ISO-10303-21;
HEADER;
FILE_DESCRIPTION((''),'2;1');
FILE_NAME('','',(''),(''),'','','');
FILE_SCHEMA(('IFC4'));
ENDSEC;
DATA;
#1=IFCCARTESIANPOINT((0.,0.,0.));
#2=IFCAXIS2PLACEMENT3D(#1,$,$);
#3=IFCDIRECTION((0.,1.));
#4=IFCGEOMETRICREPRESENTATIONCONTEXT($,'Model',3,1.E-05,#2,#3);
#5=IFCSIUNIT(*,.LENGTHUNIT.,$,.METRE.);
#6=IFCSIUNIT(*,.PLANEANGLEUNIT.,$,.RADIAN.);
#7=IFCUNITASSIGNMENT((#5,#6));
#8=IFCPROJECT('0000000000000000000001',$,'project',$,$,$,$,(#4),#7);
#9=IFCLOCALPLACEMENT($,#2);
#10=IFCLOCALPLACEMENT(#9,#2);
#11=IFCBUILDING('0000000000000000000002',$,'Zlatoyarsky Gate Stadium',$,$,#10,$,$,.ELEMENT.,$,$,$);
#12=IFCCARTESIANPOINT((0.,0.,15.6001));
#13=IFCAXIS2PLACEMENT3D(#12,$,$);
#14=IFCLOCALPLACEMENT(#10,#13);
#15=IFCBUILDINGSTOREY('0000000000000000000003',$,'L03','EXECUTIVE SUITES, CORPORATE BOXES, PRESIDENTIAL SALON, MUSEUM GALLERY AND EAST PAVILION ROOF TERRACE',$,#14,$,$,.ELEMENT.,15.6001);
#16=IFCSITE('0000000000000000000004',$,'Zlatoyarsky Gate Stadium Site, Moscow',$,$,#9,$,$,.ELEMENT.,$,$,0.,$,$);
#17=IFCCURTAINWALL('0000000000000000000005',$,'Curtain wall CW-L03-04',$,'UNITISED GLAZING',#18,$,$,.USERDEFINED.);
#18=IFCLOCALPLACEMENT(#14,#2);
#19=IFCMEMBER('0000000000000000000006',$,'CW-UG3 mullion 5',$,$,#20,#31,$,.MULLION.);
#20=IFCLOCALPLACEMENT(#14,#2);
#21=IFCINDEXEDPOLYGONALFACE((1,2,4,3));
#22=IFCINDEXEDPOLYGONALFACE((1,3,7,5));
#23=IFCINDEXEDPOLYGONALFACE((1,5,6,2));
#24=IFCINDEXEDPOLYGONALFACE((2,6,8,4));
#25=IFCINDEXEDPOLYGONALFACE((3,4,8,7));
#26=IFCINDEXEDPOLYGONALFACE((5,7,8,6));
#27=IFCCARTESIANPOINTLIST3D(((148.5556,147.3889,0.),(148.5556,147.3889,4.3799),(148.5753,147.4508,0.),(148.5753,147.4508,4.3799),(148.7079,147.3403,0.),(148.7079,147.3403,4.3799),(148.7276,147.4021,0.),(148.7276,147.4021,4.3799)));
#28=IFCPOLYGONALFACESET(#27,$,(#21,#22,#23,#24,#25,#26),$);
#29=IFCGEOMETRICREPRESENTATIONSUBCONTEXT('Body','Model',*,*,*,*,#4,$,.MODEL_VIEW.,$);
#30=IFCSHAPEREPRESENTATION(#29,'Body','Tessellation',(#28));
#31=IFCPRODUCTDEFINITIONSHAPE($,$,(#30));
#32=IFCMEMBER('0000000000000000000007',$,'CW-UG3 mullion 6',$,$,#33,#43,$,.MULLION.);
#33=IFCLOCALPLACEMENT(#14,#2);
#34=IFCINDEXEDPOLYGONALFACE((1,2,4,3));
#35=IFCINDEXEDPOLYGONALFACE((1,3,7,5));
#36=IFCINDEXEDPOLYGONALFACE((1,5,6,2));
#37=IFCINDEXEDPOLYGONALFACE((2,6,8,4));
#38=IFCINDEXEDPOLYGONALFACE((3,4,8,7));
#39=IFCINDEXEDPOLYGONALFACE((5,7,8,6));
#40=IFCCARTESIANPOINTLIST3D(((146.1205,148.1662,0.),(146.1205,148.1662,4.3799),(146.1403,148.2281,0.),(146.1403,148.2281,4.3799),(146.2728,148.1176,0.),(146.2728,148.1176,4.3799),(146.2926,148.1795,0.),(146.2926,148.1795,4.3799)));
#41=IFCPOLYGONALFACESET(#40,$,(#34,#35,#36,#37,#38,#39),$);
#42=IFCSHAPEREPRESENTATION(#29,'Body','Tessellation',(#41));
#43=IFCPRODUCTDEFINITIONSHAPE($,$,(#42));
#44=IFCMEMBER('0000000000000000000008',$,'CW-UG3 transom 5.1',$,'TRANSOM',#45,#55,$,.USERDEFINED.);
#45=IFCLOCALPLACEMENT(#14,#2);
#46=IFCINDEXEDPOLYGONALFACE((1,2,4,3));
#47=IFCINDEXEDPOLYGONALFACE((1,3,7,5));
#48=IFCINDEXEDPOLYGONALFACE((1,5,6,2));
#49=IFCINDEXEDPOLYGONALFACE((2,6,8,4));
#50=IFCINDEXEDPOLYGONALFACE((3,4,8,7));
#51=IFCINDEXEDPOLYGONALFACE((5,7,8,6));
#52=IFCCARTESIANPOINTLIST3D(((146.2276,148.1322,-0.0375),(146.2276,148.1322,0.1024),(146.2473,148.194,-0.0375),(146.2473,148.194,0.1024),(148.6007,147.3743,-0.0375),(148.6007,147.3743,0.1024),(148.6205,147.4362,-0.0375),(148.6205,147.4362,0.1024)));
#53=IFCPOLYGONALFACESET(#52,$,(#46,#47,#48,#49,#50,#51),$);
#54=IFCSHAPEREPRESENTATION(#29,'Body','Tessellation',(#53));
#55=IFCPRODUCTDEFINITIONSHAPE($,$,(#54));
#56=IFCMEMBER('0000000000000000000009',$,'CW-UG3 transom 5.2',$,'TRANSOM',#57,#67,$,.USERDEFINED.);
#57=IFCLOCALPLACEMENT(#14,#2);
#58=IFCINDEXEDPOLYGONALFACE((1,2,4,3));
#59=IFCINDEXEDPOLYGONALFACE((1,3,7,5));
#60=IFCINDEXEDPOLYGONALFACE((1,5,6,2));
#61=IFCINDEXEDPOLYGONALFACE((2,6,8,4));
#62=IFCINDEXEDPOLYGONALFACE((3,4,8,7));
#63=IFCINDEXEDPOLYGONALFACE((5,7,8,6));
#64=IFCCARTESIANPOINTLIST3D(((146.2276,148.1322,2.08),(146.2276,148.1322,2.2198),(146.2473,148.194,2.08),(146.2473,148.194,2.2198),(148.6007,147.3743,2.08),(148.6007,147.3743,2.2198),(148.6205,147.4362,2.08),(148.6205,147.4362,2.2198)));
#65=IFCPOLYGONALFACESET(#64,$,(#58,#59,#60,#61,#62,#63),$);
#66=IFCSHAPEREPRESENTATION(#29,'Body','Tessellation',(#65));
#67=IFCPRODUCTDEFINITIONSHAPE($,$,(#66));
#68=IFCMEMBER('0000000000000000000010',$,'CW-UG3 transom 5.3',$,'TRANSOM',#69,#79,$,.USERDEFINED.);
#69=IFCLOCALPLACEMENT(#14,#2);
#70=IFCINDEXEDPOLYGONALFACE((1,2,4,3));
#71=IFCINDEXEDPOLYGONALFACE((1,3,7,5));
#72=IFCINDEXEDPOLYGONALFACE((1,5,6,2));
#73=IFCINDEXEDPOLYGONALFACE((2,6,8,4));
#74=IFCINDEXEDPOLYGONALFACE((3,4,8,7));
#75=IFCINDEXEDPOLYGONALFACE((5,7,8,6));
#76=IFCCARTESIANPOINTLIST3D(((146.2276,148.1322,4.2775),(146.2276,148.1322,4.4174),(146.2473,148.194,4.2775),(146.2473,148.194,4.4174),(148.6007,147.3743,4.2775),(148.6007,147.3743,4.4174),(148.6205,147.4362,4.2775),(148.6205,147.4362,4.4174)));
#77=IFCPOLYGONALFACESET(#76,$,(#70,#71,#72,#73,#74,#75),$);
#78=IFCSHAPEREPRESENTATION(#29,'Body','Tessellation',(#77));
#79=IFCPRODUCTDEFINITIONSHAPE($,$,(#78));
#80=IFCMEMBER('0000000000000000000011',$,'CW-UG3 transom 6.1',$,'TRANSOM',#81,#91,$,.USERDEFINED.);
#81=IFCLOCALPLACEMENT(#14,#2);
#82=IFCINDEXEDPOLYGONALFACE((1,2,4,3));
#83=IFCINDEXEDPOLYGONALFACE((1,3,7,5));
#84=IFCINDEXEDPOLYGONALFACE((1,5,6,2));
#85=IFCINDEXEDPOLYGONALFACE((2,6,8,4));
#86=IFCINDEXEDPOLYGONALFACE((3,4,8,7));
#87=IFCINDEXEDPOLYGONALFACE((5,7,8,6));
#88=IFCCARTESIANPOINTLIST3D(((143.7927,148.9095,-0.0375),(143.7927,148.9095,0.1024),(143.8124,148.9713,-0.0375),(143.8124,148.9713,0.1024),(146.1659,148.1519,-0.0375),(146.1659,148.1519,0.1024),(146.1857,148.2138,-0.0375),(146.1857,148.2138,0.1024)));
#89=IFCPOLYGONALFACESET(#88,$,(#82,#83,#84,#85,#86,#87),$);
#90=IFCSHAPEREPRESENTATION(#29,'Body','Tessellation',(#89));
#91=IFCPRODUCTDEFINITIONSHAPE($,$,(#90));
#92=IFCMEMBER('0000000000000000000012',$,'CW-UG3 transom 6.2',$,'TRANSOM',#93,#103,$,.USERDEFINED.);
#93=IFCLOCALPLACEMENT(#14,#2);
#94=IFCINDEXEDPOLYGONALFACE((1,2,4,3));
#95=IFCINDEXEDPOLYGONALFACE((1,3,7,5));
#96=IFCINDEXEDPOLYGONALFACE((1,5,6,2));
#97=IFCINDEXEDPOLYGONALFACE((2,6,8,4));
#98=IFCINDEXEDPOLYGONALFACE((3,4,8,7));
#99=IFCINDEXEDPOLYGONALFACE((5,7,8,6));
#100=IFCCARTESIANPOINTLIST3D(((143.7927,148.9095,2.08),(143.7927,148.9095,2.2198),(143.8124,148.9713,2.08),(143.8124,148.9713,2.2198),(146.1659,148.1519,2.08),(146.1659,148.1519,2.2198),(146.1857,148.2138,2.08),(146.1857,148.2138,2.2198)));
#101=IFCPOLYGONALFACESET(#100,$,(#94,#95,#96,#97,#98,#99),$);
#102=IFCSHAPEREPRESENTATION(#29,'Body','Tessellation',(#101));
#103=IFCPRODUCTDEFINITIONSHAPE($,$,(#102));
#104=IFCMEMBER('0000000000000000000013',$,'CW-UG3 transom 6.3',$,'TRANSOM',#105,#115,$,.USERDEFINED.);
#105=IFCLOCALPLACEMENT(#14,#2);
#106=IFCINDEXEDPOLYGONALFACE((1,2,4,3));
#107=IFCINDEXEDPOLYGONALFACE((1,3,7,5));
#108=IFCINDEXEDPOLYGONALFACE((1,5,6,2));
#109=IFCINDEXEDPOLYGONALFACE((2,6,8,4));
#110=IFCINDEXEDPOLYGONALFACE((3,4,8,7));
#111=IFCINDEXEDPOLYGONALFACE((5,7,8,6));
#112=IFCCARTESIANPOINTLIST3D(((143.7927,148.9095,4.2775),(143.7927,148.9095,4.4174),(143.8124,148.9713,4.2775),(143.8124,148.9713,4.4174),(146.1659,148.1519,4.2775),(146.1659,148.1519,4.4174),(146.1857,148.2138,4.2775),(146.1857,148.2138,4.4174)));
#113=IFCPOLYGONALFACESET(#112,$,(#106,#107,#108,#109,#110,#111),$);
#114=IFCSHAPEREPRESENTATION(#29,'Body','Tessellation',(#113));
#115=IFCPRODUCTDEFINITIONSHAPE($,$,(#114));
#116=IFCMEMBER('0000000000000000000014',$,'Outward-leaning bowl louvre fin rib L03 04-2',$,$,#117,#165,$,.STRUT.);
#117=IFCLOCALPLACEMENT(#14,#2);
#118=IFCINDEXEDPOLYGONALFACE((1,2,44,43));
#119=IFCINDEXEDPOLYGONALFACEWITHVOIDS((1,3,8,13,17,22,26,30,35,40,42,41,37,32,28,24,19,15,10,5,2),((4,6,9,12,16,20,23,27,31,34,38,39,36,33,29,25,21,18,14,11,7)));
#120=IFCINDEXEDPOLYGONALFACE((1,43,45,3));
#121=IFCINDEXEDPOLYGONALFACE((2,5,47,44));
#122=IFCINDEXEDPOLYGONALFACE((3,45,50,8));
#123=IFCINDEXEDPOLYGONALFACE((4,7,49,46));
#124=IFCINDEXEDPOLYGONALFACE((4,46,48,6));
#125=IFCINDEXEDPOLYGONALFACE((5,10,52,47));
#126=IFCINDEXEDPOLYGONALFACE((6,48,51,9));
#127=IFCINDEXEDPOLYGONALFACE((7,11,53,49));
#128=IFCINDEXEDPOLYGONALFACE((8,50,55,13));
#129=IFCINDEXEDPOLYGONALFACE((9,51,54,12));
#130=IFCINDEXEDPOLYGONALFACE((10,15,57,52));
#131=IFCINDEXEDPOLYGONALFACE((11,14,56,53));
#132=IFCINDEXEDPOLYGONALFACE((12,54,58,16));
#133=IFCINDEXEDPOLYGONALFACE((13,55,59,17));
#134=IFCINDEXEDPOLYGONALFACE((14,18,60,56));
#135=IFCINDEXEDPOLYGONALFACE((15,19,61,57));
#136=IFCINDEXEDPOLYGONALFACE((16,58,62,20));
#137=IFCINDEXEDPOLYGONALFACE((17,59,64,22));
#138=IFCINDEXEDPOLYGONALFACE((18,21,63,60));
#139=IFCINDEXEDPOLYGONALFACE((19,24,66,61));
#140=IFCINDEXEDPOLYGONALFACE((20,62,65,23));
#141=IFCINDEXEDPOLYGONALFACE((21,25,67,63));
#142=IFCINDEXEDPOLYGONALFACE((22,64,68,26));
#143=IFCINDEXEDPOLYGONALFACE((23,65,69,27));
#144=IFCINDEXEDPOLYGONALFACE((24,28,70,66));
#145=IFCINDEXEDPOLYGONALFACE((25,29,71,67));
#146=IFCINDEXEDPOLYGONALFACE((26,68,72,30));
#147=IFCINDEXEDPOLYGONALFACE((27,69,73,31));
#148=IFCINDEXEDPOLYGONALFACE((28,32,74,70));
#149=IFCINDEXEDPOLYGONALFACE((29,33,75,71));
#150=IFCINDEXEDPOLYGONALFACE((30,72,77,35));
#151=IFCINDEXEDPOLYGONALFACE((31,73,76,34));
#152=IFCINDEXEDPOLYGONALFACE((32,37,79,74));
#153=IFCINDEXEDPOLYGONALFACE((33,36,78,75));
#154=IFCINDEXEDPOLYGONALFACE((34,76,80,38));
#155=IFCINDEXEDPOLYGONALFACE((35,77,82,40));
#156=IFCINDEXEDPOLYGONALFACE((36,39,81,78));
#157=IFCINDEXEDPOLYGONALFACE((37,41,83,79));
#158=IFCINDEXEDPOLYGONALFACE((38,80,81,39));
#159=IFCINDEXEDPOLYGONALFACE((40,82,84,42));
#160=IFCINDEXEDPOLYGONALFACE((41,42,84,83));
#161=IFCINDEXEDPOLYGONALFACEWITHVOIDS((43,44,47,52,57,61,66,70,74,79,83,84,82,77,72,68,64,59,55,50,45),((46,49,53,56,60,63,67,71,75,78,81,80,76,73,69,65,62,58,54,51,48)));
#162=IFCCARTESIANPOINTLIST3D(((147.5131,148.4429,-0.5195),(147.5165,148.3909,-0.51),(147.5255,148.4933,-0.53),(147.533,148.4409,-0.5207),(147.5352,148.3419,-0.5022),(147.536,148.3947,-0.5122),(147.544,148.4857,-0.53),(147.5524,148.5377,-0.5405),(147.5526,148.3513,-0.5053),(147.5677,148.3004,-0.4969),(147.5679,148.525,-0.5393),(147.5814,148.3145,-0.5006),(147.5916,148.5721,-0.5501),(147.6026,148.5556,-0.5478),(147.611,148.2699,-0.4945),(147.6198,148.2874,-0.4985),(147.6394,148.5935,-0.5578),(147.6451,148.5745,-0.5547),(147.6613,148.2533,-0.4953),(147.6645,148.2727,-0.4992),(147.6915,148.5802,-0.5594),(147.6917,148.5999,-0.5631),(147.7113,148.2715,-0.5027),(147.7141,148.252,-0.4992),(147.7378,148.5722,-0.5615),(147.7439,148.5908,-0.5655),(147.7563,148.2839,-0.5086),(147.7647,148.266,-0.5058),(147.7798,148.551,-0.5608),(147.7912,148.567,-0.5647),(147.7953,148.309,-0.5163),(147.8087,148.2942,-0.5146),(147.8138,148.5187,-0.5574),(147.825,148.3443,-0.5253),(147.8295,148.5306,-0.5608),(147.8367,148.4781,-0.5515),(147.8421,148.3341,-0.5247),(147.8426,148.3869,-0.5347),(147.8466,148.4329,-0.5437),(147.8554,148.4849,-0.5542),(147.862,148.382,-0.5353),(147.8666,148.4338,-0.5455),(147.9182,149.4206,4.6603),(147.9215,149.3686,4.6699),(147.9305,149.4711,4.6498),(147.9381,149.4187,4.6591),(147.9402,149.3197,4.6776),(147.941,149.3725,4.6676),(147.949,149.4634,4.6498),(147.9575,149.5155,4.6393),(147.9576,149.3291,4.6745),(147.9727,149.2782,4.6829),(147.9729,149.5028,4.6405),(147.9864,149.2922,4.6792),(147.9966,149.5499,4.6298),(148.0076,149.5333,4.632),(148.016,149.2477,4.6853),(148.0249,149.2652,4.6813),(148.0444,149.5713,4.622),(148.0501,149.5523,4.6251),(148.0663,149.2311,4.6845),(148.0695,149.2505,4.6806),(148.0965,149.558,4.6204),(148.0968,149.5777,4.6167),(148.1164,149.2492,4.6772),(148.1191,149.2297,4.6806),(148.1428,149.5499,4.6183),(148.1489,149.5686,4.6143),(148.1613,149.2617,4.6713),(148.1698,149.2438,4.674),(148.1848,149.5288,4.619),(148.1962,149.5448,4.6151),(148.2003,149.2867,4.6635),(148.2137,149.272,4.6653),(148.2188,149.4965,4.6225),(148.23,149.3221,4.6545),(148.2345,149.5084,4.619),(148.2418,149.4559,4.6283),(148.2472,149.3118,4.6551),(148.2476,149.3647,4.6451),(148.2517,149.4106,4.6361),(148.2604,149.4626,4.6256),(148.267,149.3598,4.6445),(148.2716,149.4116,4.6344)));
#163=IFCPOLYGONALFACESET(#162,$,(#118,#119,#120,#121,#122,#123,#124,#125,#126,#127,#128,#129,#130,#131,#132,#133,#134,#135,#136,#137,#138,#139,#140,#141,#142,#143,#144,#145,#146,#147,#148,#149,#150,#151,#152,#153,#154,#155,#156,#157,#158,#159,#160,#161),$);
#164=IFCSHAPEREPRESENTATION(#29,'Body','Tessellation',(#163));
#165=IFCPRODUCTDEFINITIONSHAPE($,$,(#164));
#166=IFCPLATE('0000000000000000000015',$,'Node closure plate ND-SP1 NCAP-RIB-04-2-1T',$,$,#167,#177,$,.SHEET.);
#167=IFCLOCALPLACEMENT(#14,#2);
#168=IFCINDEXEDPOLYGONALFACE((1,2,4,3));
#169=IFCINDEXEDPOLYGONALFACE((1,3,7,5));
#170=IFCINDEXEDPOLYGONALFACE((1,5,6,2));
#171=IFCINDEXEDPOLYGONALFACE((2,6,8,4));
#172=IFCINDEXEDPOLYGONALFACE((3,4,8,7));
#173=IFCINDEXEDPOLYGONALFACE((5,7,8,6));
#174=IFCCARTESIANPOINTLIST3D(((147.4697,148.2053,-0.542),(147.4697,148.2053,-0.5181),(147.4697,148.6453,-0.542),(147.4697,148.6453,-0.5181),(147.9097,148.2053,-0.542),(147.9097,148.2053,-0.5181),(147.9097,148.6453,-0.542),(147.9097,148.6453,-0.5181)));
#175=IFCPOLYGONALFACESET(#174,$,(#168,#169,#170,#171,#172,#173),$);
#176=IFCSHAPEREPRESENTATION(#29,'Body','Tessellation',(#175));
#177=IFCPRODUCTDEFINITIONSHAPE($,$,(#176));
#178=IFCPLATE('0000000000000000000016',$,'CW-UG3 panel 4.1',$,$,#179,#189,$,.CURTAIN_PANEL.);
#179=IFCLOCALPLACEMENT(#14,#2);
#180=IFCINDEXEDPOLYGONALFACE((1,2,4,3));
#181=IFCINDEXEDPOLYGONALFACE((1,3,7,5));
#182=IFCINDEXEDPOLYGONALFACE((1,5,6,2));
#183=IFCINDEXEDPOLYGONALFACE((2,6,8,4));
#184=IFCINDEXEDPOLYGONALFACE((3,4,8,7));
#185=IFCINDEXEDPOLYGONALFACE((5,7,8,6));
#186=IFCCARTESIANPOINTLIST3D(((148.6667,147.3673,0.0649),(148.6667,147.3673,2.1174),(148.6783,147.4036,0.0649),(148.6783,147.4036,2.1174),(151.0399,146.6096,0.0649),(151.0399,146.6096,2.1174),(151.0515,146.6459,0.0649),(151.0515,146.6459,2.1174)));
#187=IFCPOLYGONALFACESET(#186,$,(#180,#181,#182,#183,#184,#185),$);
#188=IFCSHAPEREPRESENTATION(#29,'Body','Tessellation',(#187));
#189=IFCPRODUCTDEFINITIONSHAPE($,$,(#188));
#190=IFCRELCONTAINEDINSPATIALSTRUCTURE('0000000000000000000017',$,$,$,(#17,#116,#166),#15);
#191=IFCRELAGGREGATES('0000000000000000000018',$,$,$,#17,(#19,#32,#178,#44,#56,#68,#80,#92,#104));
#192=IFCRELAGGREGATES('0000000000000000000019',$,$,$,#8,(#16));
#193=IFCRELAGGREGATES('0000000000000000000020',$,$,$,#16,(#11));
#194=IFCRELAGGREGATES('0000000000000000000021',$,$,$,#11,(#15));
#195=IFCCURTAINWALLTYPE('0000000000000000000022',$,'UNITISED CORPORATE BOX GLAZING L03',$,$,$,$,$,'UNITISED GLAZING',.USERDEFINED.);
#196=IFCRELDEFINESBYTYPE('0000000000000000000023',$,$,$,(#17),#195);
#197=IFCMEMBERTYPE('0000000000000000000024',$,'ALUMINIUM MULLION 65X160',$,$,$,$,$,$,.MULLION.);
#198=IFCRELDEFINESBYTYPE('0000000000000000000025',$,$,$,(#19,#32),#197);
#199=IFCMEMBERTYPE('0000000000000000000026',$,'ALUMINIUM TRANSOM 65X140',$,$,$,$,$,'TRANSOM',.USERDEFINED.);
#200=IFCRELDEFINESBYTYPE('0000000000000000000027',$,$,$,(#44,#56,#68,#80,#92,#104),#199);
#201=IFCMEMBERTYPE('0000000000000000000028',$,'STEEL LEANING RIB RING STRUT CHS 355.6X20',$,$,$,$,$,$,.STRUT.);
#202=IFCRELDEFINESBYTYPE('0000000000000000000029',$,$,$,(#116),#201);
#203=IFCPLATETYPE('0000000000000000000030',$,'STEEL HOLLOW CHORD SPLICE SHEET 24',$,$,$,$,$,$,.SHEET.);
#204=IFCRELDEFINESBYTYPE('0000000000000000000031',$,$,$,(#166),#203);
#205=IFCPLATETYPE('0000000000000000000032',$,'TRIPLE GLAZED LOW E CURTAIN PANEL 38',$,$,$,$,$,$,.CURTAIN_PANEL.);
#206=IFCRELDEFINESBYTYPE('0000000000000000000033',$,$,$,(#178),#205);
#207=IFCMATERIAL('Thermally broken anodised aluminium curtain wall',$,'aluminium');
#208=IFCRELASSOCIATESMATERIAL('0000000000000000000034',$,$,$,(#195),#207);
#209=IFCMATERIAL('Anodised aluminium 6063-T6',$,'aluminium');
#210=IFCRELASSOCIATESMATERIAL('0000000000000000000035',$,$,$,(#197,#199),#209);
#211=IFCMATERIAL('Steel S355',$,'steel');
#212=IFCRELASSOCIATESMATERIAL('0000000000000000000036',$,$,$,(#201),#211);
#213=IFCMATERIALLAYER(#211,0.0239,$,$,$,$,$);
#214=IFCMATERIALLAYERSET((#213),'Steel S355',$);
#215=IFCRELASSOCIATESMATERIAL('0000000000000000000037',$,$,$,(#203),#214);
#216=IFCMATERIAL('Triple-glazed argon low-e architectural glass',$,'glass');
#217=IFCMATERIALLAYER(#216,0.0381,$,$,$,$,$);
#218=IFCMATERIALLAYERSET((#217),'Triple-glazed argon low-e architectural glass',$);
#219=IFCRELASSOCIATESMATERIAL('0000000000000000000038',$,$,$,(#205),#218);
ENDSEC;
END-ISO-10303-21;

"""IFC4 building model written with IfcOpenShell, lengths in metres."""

from ifc_helpers import new_model, si_unit, direction, frame, origin, origin_2d, place, context, subcontext, project, spatial, rectangle, hollow_circle, extrude, material, layer, layer_set, material_profile, profile_set, type_object, element, aggregate, save


model = new_model("IFC4")

# Units and contexts
model_context = context("Model", 3, precision=1e-05, world=origin(), true_north=direction((0.0, 1.0)))
body_context = subcontext(model_context, "Body", "Model", "MODEL_VIEW")
ifc_project = project(units=[si_unit("LENGTHUNIT", "METRE"), si_unit("PLANEANGLEUNIT", "RADIAN")], contexts=[model_context])

# Site, building, storey
site_placement = place(None, origin())
site = spatial("IfcSite", under=ifc_project, at=site_placement, Name="Zlatoyarsky Gate Stadium Site, Moscow", CompositionType="ELEMENT", RefElevation=0.0)
building_placement = place(site_placement, origin())
building = spatial("IfcBuilding", under=site, at=building_placement, Name="Zlatoyarsky Gate Stadium", CompositionType="ELEMENT")
storey_placement = place(building_placement, frame((0.0, 0.0, 15.6001)))
storey = spatial("IfcBuildingStorey", under=building, at=storey_placement, Name="L03", Description="EXECUTIVE SUITES, CORPORATE BOXES, PRESIDENTIAL SALON, MUSEUM GALLERY AND EAST PAVILION ROOF TERRACE", CompositionType="ELEMENT", Elevation=15.6001)

# Curtain wall, members
ifc_material_1 = material(Name="Thermally broken anodised aluminium curtain wall", Category="aluminium")
curtain_wall_type = type_object("IfcCurtainWallType", Name="UNITISED CORPORATE BOX GLAZING L03", ElementType="UNITISED GLAZING", PredefinedType="USERDEFINED", material=ifc_material_1)
curtain_wall_placement = place(storey_placement, origin())
curtain_wall = element("IfcCurtainWall", 1, at=curtain_wall_placement, inside=storey, type_object=curtain_wall_type, Name="Curtain wall CW-L03-04", ObjectType="UNITISED GLAZING", PredefinedType="USERDEFINED")
ifc_material_2 = material(Name="Anodised aluminium 6063-T6", Category="aluminium")
ifc_material_profile_1 = material_profile(ifc_material_2, rectangle(XDim=0.0649, YDim=0.1599, at=origin_2d()), Name="ALU 65X160")
ifc_profile_set_1 = profile_set([ifc_material_profile_1], Name="Anodised aluminium 6063-T6")
member_type_1 = type_object("IfcMemberType", Name="ALUMINIUM MULLION 65X160", PredefinedType="MULLION", material=ifc_profile_set_1)
member_1_placement = place(storey_placement, frame((148.6416, 147.3955, 0.0), z_axis=(0.0, 0.0, 1.0), x_axis=(-0.304162, -0.95262, 0.0)))
member_1 = element("IfcMember", 2, at=member_1_placement, type_object=member_type_1, Name="CW-UG3 mullion 5", PredefinedType="MULLION", context=body_context, shape_type="SweptSolid", body=[
    extrude(rectangle(XDim=0.0649, YDim=0.1599, at=origin_2d()), origin(), (0.0, 0.0, 1.0), 4.3799),
])
member_2_placement = place(storey_placement, frame((146.2065, 148.1729, 0.0), z_axis=(0.0, 0.0, 1.0), x_axis=(-0.304162, -0.95262, 0.0)))
member_2 = element("IfcMember", 3, at=member_2_placement, type_object=member_type_1, Name="CW-UG3 mullion 6", PredefinedType="MULLION", context=body_context, shape_type="SweptSolid", body=[
    extrude(rectangle(XDim=0.0649, YDim=0.1599, at=origin_2d()), origin(), (0.0, 0.0, 1.0), 4.3799),
])
ifc_material_profile_2 = material_profile(ifc_material_2, rectangle(XDim=0.0649, YDim=0.1399, at=origin_2d()), Name="ALU 65X140")
ifc_profile_set_2 = profile_set([ifc_material_profile_2], Name="Anodised aluminium 6063-T6")
member_type_2 = type_object("IfcMemberType", Name="ALUMINIUM TRANSOM 65X140", ElementType="TRANSOM", PredefinedType="USERDEFINED", material=ifc_profile_set_2)
member_3_placement = place(storey_placement, frame((148.6106, 147.4053, 0.0325), z_axis=(-0.952606, 0.304207, 0.0), x_axis=(-0.304207, -0.952606, 0.0)))
member_3 = element("IfcMember", 4, at=member_3_placement, type_object=member_type_2, Name="CW-UG3 transom 5.1", ObjectType="TRANSOM", PredefinedType="USERDEFINED", context=body_context, shape_type="SweptSolid", body=[
    extrude(rectangle(XDim=0.0649, YDim=0.1399, at=origin_2d()), origin(), (0.0, 0.0, 1.0), 2.4912),
])
member_4_placement = place(storey_placement, frame((148.6106, 147.4053, 2.1499), z_axis=(-0.952606, 0.304207, 0.0), x_axis=(-0.304207, -0.952606, 0.0)))
member_4 = element("IfcMember", 5, at=member_4_placement, type_object=member_type_2, Name="CW-UG3 transom 5.2", ObjectType="TRANSOM", PredefinedType="USERDEFINED", context=body_context, shape_type="SweptSolid", body=[
    extrude(rectangle(XDim=0.0649, YDim=0.1399, at=origin_2d()), origin(), (0.0, 0.0, 1.0), 2.4912),
])
member_5_placement = place(storey_placement, frame((148.6106, 147.4053, 4.3474), z_axis=(-0.952606, 0.304207, 0.0), x_axis=(-0.304207, -0.952606, 0.0)))
member_5 = element("IfcMember", 6, at=member_5_placement, type_object=member_type_2, Name="CW-UG3 transom 5.3", ObjectType="TRANSOM", PredefinedType="USERDEFINED", context=body_context, shape_type="SweptSolid", body=[
    extrude(rectangle(XDim=0.0649, YDim=0.1399, at=origin_2d()), origin(), (0.0, 0.0, 1.0), 2.4912),
])
member_6_placement = place(storey_placement, frame((146.1758, 148.1829, 0.0325), z_axis=(-0.952644, 0.304089, 0.0), x_axis=(-0.304089, -0.952644, 0.0)))
member_6 = element("IfcMember", 7, at=member_6_placement, type_object=member_type_2, Name="CW-UG3 transom 6.1", ObjectType="TRANSOM", PredefinedType="USERDEFINED", context=body_context, shape_type="SweptSolid", body=[
    extrude(rectangle(XDim=0.0649, YDim=0.1399, at=origin_2d()), origin(), (0.0, 0.0, 1.0), 2.4912),
])
member_7_placement = place(storey_placement, frame((146.1758, 148.1829, 2.1499), z_axis=(-0.952644, 0.304089, 0.0), x_axis=(-0.304089, -0.952644, 0.0)))
member_7 = element("IfcMember", 8, at=member_7_placement, type_object=member_type_2, Name="CW-UG3 transom 6.2", ObjectType="TRANSOM", PredefinedType="USERDEFINED", context=body_context, shape_type="SweptSolid", body=[
    extrude(rectangle(XDim=0.0649, YDim=0.1399, at=origin_2d()), origin(), (0.0, 0.0, 1.0), 2.4912),
])
member_8_placement = place(storey_placement, frame((146.1758, 148.1829, 4.3474), z_axis=(-0.952644, 0.304089, 0.0), x_axis=(-0.304089, -0.952644, 0.0)))
member_8 = element("IfcMember", 9, at=member_8_placement, type_object=member_type_2, Name="CW-UG3 transom 6.3", ObjectType="TRANSOM", PredefinedType="USERDEFINED", context=body_context, shape_type="SweptSolid", body=[
    extrude(rectangle(XDim=0.0649, YDim=0.1399, at=origin_2d()), origin(), (0.0, 0.0, 1.0), 2.4912),
])

# Member
ifc_material_3 = material(Name="Steel S355", Category="steel")
ifc_material_profile_3 = material_profile(ifc_material_3, hollow_circle(Radius=0.1777, WallThickness=0.02, at=origin_2d()), Name="CHS 355.6X20")
ifc_profile_set_3 = profile_set([ifc_material_profile_3], Name="Steel S355")
member_type_3 = type_object("IfcMemberType", Name="STEEL LEANING RIB RING STRUT CHS 355.6X20", PredefinedType="STRUT", material=ifc_profile_set_3)
member_9_placement = place(storey_placement, frame((147.6897, 148.4253, -0.53), z_axis=(0.076609, 0.184943, 0.979759), x_axis=(-0.923873, 0.382698, 0.0)))
element("IfcMember", 10, at=member_9_placement, inside=storey, type_object=member_type_3, Name="Outward-leaning bowl louvre fin rib L03 04-2", PredefinedType="STRUT", context=body_context, shape_type="SweptSolid", body=[
    extrude(hollow_circle(Radius=0.1777, WallThickness=0.02, at=origin_2d()), origin(), (0.0, 0.0, 1.0), 5.2869),
])

# Plates
ifc_layer_1 = layer(ifc_material_3, 0.0239)
ifc_layer_set_1 = layer_set([ifc_layer_1], Name="Steel S355")
plate_type_1 = type_object("IfcPlateType", Name="STEEL HOLLOW CHORD SPLICE SHEET 24", PredefinedType="SHEET", material=ifc_layer_set_1)
plate_1_placement = place(storey_placement, frame((147.6897, 148.4253, -0.542), z_axis=(0.0, 0.0, 1.0), x_axis=(1.0, 0.0, 0.0)))
element("IfcPlate", 11, at=plate_1_placement, inside=storey, type_object=plate_type_1, Name="Node closure plate ND-SP1 NCAP-RIB-04-2-1T", PredefinedType="SHEET", context=body_context, shape_type="SweptSolid", body=[
    extrude(rectangle(XDim=0.4399, YDim=0.4399, at=origin_2d()), origin(), (0.0, 0.0, 1.0), 0.0239),
])
ifc_material_4 = material(Name="Triple-glazed argon low-e architectural glass", Category="glass")
ifc_layer_2 = layer(ifc_material_4, 0.0381)
ifc_layer_set_2 = layer_set([ifc_layer_2], Name="Triple-glazed argon low-e architectural glass")
plate_type_2 = type_object("IfcPlateType", Name="TRIPLE GLAZED LOW E CURTAIN PANEL 38", PredefinedType="CURTAIN_PANEL", material=ifc_layer_set_2)
plate_2_placement = place(storey_placement, frame((149.8591, 147.0066, 0.0649), z_axis=(0.0, 0.0, 1.0), x_axis=(-0.95262, 0.304162, 0.0)))
plate_2 = element("IfcPlate", 12, at=plate_2_placement, type_object=plate_type_2, Name="CW-UG3 panel 4.1", PredefinedType="CURTAIN_PANEL", context=body_context, shape_type="SweptSolid", body=[
    extrude(rectangle(XDim=2.4912, YDim=0.0381, at=origin_2d()), origin(), (0.0, 0.0, 1.0), 2.0525),
])
aggregate(curtain_wall, [member_1, member_2, plate_2, member_3, member_4, member_5, member_6, member_7, member_8])

save(model, "model.ifc")
